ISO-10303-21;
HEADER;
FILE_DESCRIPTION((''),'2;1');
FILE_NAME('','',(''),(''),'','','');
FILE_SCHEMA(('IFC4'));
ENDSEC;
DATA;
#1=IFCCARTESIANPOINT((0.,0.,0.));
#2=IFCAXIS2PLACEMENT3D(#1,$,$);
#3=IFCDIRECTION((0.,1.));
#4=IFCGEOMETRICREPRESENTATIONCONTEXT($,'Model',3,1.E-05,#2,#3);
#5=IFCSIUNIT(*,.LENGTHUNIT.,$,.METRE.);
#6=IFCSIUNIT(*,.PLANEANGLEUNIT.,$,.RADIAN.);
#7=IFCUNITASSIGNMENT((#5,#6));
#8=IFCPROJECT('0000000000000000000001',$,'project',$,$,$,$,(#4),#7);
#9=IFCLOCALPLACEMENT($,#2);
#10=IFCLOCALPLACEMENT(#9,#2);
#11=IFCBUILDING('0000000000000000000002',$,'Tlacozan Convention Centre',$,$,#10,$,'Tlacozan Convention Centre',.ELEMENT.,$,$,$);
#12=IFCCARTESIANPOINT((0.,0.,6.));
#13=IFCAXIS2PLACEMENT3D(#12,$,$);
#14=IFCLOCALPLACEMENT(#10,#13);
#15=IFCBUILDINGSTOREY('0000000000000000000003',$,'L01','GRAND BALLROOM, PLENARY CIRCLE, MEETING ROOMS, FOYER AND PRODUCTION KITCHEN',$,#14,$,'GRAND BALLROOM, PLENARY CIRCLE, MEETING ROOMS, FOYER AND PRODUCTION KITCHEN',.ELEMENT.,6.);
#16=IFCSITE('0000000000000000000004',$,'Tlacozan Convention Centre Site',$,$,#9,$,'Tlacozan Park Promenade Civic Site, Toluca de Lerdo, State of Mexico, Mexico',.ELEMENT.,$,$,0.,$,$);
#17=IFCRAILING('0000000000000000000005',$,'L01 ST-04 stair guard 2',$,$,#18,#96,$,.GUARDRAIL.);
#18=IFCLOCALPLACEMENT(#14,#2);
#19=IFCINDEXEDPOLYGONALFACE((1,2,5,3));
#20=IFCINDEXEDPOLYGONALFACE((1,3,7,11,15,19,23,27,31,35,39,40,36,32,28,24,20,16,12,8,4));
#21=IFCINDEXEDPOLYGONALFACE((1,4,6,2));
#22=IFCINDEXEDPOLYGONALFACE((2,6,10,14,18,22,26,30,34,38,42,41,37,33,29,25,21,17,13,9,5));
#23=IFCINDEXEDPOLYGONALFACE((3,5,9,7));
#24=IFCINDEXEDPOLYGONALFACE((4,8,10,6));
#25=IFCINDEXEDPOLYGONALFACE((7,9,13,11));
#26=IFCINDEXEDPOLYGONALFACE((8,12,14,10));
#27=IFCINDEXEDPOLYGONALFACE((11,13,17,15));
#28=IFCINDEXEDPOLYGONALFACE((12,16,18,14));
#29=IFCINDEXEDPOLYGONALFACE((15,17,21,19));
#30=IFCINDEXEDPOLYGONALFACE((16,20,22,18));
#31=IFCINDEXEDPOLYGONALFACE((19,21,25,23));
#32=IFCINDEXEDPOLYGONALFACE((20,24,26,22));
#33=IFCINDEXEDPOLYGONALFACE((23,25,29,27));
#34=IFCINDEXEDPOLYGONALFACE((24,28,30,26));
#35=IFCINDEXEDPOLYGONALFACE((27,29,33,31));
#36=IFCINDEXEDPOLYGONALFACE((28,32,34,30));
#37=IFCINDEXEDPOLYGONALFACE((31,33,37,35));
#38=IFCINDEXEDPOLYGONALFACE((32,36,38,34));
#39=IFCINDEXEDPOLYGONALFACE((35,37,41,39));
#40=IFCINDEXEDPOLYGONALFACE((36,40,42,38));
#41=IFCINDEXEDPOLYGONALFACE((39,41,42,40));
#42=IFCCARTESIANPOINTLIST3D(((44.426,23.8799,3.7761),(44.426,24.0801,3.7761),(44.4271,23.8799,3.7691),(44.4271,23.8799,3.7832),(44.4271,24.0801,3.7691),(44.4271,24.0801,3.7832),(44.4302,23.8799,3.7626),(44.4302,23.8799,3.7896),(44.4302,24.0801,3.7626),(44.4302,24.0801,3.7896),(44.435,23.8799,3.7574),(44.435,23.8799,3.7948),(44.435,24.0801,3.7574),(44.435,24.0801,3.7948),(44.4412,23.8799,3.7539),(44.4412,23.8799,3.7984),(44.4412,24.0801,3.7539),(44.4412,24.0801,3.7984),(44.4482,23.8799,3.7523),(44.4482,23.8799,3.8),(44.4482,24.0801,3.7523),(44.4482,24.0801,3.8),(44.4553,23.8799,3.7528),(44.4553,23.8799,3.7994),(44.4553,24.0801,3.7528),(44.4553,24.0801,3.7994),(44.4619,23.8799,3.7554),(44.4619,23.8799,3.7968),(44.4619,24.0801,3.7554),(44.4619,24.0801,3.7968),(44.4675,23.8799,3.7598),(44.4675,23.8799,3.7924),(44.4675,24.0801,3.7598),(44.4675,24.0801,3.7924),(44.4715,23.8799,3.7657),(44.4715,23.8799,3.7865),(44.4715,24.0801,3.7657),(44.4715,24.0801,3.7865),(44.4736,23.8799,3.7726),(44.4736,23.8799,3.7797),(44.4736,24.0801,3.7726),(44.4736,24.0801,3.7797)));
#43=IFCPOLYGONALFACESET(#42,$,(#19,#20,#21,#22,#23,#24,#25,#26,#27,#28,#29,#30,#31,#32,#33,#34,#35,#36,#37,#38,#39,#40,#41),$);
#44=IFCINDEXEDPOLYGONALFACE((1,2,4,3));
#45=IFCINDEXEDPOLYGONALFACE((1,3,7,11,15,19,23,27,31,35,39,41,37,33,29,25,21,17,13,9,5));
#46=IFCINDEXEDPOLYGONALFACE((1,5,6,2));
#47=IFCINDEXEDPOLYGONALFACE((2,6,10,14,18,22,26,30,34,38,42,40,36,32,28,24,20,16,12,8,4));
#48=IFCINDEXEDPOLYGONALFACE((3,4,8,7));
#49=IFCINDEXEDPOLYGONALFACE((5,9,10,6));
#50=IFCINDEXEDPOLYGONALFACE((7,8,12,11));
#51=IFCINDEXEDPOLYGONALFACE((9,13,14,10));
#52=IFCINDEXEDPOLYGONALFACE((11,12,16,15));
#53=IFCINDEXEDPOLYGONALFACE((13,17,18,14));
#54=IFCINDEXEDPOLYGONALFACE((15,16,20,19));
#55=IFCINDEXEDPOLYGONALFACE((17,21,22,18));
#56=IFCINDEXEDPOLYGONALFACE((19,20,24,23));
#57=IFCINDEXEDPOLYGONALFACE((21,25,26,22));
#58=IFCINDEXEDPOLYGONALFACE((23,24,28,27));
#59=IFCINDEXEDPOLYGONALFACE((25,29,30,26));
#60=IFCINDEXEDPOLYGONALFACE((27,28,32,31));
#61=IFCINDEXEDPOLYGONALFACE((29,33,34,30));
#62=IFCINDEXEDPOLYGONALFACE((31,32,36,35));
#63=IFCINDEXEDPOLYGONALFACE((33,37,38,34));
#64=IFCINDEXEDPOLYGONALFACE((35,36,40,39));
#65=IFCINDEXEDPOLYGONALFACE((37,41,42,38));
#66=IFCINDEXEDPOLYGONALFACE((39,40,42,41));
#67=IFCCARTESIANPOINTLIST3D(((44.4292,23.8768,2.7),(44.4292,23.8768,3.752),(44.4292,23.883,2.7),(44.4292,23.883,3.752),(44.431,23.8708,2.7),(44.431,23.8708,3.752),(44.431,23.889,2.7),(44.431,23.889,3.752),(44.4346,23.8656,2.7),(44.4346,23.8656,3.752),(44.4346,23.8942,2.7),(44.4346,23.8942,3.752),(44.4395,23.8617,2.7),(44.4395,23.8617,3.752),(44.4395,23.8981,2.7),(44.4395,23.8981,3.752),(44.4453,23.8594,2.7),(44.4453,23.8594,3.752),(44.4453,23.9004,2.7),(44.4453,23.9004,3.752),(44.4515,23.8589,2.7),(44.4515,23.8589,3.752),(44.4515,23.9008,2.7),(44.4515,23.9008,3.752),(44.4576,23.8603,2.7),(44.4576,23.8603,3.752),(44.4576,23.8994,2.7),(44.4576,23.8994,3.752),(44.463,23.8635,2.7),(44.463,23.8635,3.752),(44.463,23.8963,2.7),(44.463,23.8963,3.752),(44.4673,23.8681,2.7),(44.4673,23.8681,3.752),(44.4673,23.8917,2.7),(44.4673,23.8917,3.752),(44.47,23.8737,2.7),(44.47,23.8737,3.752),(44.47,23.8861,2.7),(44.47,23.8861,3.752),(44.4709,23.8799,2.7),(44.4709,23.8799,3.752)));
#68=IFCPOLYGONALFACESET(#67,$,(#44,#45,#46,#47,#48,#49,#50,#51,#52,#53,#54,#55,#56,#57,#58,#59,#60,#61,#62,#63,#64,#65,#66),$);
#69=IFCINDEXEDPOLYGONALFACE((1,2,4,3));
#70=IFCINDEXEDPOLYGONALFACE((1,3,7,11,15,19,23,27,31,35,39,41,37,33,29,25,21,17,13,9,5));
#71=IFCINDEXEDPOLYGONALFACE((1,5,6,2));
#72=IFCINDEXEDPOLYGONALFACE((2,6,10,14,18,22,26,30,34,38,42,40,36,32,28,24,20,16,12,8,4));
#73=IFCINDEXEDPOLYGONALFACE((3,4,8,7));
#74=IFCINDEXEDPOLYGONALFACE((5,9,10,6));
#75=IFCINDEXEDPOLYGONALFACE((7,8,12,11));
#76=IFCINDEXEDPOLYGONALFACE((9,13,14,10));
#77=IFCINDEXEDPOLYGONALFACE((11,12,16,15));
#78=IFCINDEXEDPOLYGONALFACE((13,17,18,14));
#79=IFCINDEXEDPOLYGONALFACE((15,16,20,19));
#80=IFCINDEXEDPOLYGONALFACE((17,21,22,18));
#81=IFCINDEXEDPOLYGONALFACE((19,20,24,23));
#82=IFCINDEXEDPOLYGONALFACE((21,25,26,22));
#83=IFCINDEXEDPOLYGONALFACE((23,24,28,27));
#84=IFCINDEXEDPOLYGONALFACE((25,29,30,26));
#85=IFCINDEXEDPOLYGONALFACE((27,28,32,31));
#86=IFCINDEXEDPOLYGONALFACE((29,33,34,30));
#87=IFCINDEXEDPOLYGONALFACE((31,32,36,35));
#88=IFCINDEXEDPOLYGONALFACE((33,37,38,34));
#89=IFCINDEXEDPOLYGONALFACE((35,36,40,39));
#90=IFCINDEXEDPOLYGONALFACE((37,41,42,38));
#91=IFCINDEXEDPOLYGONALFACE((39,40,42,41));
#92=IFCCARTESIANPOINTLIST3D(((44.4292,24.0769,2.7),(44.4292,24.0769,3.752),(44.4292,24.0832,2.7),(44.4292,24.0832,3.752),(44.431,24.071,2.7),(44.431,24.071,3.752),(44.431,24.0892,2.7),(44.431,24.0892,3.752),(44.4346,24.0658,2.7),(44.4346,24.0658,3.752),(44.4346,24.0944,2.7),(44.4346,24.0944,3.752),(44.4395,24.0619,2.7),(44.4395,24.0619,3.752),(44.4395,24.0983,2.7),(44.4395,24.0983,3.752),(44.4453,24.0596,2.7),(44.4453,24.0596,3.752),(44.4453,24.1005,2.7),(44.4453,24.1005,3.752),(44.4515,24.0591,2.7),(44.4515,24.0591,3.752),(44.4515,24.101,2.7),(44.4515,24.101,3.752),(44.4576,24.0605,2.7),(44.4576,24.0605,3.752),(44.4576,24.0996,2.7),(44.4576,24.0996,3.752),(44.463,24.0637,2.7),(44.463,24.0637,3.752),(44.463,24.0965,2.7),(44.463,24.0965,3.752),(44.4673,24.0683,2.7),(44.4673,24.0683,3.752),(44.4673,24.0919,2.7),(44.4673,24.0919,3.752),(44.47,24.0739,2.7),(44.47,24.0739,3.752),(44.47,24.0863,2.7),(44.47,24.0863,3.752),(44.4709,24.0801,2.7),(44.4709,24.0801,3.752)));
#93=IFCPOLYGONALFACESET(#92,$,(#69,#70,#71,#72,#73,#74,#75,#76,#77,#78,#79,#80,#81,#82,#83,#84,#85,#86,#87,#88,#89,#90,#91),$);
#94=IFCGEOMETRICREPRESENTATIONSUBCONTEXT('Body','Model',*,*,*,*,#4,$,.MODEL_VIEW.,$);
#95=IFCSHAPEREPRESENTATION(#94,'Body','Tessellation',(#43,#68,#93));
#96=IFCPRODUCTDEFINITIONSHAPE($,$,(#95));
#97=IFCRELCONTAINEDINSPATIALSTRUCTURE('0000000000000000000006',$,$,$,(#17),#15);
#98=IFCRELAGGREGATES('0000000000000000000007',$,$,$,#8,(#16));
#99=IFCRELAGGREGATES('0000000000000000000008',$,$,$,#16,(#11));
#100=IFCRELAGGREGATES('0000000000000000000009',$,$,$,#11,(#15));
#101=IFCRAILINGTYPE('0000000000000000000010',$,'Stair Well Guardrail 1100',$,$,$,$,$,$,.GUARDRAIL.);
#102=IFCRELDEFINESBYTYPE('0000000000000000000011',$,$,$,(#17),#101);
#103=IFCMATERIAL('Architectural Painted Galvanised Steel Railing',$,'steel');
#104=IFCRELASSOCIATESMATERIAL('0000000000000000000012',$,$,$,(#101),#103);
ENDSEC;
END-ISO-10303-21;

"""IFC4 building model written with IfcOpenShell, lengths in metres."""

from ifc_helpers import new_model, si_unit, direction, frame, origin, origin_2d, place, context, subcontext, project, spatial, circle, extrude, material, type_object, element, save


model = new_model("IFC4")

# Units and contexts
model_context = context("Model", 3, precision=1e-05, world=origin(), true_north=direction((0.0, 1.0)))
body_context = subcontext(model_context, "Body", "Model", "MODEL_VIEW")
ifc_project = project(units=[si_unit("LENGTHUNIT", "METRE"), si_unit("PLANEANGLEUNIT", "RADIAN")], contexts=[model_context])

# Site, building, storey
site_placement = place(None, origin())
site = spatial("IfcSite", under=ifc_project, at=site_placement, Name="Tlacozan Convention Centre Site", LongName="Tlacozan Park Promenade Civic Site, Toluca de Lerdo, State of Mexico, Mexico", CompositionType="ELEMENT", RefElevation=0.0)
building_placement = place(site_placement, origin())
building = spatial("IfcBuilding", under=site, at=building_placement, Name="Tlacozan Convention Centre", LongName="Tlacozan Convention Centre", CompositionType="ELEMENT")
storey_placement = place(building_placement, frame((0.0, 0.0, 6.0)))
storey = spatial("IfcBuildingStorey", under=building, at=storey_placement, Name="L01", Description="GRAND BALLROOM, PLENARY CIRCLE, MEETING ROOMS, FOYER AND PRODUCTION KITCHEN", LongName="GRAND BALLROOM, PLENARY CIRCLE, MEETING ROOMS, FOYER AND PRODUCTION KITCHEN", CompositionType="ELEMENT", Elevation=6.0)

# Railing
ifc_material_1 = material(Name="Architectural Painted Galvanised Steel Railing", Category="steel")
railing_type_1 = type_object("IfcRailingType", Name="Stair Well Guardrail 1100", PredefinedType="GUARDRAIL", material=ifc_material_1)
railing_1_placement = place(storey_placement, frame((44.45, 23.8799, 2.7)))
element("IfcRailing", 1, at=railing_1_placement, inside=storey, type_object=railing_type_1, Name="L01 ST-04 stair guard 2", PredefinedType="GUARDRAIL", context=body_context, shape_type="SweptSolid", body=[
    extrude(circle(Radius=0.0239, at=origin_2d()), frame((0.0, 0.0, 1.0762), z_axis=(0.0, 1.0, 0.0), x_axis=(-1.0, 0.0, 0.0)), (0.0, 0.0, 1.0), 0.2002),
    extrude(circle(Radius=0.021, at=origin_2d()), origin(), (0.0, 0.0, 1.0), 1.052),
    extrude(circle(Radius=0.021, at=origin_2d()), frame((0.0, 0.2002, 0.0)), (0.0, 0.0, 1.0), 1.052),
])

save(model, "model.ifc")
